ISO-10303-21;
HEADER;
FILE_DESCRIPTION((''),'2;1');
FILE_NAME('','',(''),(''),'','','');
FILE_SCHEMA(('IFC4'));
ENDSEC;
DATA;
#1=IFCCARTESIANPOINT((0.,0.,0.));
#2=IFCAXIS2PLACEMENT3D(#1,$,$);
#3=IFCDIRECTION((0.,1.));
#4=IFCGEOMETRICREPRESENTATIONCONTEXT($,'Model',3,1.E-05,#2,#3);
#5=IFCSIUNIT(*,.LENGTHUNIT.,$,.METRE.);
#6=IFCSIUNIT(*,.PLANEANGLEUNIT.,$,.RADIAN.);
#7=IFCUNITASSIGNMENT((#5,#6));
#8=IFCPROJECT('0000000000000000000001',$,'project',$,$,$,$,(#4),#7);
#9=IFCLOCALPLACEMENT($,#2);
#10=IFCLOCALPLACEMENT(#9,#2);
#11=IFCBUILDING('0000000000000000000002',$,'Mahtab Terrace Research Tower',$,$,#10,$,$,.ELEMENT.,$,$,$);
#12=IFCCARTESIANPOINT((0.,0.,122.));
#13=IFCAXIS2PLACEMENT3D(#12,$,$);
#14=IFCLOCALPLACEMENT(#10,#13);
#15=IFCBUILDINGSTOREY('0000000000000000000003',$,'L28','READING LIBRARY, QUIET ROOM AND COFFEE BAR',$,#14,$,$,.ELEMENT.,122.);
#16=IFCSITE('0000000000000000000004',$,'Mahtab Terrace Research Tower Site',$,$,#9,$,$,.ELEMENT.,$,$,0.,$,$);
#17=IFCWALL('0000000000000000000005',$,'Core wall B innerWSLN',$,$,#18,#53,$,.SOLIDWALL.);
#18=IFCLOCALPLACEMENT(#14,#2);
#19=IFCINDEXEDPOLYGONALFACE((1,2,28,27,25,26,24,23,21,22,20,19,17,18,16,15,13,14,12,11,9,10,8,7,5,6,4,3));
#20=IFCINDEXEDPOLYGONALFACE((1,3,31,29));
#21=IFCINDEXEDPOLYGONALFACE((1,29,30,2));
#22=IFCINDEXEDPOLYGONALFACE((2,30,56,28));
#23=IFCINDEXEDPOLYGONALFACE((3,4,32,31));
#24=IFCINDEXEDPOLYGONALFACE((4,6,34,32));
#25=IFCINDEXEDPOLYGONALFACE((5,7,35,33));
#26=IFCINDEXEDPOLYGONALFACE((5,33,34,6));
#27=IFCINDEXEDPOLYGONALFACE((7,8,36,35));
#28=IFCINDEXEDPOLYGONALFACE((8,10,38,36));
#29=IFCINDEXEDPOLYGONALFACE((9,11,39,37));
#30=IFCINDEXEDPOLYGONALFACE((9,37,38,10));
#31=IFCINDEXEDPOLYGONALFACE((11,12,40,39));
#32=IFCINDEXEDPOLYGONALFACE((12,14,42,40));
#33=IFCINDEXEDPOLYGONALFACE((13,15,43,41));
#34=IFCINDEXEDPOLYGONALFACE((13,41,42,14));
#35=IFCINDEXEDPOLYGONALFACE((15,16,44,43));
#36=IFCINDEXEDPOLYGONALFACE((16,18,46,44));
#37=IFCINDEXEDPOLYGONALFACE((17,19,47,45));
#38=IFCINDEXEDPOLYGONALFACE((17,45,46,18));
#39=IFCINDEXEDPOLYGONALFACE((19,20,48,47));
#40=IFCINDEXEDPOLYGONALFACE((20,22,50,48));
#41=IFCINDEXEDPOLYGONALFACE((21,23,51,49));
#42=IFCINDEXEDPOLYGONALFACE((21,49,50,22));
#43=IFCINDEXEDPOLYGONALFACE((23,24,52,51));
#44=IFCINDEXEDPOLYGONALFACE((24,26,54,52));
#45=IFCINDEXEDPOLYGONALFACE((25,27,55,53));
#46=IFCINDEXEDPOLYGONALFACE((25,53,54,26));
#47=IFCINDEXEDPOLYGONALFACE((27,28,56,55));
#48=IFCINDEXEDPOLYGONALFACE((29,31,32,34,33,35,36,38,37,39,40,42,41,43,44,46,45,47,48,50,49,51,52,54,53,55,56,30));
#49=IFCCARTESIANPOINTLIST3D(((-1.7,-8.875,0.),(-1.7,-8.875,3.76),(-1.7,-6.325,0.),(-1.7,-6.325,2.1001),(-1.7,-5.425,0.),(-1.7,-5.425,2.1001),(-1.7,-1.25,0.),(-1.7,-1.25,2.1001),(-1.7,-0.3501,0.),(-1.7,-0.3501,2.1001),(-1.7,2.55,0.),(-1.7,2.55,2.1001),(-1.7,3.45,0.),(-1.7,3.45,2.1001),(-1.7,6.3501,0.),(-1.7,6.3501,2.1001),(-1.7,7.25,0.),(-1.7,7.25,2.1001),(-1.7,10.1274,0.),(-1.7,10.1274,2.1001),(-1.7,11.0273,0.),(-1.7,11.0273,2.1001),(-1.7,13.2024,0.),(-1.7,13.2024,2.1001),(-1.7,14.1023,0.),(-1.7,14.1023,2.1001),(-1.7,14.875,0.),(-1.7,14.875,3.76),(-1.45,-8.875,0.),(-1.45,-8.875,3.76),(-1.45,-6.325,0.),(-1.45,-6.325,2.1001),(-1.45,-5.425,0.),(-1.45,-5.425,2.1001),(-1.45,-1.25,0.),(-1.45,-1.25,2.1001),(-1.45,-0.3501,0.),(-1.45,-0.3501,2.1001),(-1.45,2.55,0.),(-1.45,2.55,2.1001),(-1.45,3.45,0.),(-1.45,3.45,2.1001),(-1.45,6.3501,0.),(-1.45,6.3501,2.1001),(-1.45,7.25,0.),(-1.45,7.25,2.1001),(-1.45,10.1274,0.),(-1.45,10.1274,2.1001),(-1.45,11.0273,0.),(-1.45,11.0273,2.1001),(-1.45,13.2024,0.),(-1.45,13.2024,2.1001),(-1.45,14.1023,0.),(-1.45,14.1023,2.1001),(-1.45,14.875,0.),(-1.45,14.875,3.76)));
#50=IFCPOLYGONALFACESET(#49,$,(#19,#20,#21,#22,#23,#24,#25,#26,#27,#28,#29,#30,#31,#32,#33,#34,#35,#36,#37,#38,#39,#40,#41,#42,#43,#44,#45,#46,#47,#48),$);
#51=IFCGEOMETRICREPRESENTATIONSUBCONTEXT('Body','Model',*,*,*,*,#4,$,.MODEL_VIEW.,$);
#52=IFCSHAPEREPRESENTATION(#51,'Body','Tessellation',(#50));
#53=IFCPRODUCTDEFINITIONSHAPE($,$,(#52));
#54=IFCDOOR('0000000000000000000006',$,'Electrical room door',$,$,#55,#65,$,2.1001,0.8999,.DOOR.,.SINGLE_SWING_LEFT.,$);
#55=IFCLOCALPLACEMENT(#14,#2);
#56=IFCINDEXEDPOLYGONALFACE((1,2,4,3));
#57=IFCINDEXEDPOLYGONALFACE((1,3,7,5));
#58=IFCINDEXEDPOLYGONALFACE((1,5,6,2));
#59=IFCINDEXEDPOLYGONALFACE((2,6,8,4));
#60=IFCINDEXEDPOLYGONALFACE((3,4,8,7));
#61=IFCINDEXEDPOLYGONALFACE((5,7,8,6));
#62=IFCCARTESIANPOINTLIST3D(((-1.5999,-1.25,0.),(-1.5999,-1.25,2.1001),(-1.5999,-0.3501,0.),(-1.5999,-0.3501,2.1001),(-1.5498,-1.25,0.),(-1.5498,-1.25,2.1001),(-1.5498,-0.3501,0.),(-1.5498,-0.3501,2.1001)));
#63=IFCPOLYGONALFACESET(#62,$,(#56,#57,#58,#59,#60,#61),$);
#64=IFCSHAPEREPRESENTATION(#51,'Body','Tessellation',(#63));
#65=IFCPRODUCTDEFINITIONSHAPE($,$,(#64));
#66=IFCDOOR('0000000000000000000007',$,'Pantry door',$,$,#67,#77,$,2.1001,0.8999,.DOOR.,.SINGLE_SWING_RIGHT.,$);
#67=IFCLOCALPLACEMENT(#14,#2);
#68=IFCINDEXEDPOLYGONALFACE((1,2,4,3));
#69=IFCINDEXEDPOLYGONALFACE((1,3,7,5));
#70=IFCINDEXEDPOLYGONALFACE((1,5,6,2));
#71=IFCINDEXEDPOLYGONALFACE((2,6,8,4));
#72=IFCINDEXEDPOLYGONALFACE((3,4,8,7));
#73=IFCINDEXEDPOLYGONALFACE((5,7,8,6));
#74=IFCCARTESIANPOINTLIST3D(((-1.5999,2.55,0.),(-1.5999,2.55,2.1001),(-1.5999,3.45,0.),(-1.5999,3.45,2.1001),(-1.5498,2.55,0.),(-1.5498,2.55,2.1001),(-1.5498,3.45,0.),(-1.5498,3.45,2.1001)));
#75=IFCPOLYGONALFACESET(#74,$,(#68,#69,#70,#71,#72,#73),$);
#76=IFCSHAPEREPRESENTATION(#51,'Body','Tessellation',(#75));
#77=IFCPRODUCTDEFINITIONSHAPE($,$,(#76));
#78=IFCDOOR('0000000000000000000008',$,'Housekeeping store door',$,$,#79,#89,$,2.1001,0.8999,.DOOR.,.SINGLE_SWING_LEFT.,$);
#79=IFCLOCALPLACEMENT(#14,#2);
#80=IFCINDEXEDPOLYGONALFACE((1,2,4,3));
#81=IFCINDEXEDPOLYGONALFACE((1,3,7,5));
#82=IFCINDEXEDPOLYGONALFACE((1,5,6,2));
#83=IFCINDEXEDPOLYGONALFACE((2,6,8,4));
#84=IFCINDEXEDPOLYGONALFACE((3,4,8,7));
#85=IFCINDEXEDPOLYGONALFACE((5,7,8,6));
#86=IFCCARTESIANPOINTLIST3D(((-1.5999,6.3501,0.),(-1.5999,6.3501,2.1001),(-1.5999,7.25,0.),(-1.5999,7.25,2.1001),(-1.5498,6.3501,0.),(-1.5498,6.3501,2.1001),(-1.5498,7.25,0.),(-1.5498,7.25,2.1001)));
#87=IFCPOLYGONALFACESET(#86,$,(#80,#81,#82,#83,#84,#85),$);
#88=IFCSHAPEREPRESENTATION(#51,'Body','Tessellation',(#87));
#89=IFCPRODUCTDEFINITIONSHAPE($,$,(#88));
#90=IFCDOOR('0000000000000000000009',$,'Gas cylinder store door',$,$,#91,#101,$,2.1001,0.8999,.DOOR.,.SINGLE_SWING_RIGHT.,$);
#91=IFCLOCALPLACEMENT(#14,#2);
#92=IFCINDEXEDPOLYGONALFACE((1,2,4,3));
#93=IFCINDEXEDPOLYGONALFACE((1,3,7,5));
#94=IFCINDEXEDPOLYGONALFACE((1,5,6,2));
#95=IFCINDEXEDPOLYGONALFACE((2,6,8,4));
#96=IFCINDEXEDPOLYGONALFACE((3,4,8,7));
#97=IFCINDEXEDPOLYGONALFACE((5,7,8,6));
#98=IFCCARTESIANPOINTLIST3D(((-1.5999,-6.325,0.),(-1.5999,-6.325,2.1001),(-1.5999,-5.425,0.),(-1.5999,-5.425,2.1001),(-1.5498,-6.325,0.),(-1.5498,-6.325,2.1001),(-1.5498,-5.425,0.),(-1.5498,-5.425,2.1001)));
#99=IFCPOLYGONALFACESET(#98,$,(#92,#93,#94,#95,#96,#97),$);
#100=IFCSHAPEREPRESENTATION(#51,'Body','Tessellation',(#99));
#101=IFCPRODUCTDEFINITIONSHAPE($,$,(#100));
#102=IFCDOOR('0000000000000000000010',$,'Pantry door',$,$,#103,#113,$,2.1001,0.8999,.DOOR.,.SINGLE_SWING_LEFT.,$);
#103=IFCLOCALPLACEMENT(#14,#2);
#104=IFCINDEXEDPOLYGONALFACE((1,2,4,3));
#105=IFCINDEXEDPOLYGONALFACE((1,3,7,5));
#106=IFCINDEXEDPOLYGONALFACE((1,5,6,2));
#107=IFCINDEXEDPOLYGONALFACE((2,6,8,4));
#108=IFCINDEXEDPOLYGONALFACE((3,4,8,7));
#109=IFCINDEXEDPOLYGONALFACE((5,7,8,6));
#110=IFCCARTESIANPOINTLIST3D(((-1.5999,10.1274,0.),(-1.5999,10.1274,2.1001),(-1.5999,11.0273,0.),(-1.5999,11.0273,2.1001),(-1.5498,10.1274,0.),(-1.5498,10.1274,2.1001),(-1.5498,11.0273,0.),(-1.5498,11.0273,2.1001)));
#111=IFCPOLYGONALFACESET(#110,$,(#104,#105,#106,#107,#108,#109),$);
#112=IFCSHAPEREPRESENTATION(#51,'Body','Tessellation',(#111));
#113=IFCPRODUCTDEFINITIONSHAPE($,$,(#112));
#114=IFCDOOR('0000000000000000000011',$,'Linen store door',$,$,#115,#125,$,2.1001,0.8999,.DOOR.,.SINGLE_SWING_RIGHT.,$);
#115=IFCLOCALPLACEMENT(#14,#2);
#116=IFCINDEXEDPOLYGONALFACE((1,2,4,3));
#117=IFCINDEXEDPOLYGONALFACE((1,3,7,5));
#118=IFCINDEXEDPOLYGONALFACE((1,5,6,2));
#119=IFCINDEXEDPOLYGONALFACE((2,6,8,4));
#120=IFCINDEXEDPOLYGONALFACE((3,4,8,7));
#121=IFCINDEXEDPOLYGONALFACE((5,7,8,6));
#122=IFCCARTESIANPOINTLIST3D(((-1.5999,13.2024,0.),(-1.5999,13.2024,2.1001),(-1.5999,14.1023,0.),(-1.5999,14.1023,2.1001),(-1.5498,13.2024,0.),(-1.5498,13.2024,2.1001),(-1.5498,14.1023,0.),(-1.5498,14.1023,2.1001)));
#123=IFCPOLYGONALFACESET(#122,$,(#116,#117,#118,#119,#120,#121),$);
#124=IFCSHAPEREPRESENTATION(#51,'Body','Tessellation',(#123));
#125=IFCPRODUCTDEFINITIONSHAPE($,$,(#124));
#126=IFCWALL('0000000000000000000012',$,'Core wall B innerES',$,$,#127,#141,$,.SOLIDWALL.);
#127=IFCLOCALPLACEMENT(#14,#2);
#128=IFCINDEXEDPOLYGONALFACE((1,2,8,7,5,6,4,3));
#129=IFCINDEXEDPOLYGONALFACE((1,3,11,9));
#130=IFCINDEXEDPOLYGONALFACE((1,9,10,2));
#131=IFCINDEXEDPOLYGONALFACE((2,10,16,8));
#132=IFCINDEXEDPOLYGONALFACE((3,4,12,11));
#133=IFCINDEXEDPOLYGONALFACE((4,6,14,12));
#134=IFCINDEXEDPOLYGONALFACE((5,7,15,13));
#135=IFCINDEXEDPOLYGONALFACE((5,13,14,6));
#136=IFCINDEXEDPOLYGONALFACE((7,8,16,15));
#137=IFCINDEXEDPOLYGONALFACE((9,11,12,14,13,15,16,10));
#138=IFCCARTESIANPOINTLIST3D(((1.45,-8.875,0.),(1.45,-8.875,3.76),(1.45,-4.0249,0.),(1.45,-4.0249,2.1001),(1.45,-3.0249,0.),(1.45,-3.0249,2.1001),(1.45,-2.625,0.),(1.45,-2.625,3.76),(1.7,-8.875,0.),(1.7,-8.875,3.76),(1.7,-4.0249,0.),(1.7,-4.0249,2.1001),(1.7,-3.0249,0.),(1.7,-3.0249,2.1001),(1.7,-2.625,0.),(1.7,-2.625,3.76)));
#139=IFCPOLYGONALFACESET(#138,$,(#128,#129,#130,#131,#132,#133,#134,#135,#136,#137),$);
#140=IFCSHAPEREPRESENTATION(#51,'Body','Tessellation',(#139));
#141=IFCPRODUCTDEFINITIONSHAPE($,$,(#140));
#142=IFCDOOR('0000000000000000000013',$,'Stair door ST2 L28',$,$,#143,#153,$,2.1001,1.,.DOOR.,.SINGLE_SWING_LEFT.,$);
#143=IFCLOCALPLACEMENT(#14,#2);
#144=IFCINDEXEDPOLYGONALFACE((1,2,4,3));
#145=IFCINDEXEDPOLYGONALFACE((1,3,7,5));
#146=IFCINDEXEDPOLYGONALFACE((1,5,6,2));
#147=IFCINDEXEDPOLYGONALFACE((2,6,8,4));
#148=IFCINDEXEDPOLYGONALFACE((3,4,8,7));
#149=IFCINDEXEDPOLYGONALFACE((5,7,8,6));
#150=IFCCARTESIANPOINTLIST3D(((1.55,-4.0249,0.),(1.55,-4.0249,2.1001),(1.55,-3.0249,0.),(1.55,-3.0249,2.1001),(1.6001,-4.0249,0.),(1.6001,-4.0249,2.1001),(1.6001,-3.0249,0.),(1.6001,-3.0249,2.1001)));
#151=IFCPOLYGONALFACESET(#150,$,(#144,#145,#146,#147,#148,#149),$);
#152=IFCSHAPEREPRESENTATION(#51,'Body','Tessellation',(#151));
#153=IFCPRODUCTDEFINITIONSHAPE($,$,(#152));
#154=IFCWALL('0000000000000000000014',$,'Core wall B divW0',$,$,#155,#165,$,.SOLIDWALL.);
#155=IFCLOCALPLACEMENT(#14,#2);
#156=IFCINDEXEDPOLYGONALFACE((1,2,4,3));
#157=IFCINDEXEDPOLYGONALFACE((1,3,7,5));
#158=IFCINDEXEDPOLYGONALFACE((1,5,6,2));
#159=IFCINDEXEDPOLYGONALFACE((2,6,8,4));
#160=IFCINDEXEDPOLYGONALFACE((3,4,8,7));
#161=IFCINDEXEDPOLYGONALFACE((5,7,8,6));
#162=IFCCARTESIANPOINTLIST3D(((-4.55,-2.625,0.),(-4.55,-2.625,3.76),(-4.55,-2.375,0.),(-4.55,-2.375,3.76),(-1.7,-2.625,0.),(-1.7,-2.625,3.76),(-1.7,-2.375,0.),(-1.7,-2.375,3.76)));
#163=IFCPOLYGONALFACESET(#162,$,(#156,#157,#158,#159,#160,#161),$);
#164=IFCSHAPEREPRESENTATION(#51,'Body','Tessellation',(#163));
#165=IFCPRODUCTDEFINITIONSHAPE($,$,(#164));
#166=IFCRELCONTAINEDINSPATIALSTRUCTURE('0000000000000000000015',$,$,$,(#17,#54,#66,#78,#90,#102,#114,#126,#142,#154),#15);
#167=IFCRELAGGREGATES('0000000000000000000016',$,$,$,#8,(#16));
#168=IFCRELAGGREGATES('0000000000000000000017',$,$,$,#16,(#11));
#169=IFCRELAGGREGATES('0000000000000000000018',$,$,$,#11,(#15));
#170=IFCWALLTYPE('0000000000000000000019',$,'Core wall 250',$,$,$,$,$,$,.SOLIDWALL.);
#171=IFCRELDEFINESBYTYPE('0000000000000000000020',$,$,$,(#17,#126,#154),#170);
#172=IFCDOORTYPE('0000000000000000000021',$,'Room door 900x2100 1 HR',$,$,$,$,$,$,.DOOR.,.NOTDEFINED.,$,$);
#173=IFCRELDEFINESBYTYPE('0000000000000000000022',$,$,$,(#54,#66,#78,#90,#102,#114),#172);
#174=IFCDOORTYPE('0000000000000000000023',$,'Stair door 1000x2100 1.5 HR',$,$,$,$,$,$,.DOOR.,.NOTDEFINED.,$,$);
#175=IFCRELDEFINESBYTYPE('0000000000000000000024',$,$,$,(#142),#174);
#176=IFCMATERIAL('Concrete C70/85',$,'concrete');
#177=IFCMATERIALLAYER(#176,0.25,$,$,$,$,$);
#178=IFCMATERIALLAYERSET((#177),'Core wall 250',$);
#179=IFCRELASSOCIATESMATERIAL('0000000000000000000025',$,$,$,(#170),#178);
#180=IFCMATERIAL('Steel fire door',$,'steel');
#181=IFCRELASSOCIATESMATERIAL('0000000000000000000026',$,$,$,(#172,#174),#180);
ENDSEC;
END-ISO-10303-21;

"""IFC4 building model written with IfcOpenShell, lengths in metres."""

from ifc_helpers import new_model, si_unit, direction, frame, frame_2d, origin, place, context, subcontext, project, spatial, rectangle, extrude, material, layer, layer_set, type_object, element, fill, save


model = new_model("IFC4")

# Units and contexts
model_context = context("Model", 3, precision=1e-05, world=origin(), true_north=direction((0.0, 1.0)))
body_context = subcontext(model_context, "Body", "Model", "MODEL_VIEW")
ifc_project = project(units=[si_unit("LENGTHUNIT", "METRE"), si_unit("PLANEANGLEUNIT", "RADIAN")], contexts=[model_context])

# Site, building, storey
site_placement = place(None, origin())
site = spatial("IfcSite", under=ifc_project, at=site_placement, Name="Mahtab Terrace Research Tower Site", CompositionType="ELEMENT", RefElevation=0.0)
building_placement = place(site_placement, origin())
building = spatial("IfcBuilding", under=site, at=building_placement, Name="Mahtab Terrace Research Tower", CompositionType="ELEMENT")
storey_placement = place(building_placement, frame((0.0, 0.0, 122.0)))
storey = spatial("IfcBuildingStorey", under=building, at=storey_placement, Name="L28", Description="READING LIBRARY, QUIET ROOM AND COFFEE BAR", CompositionType="ELEMENT", Elevation=122.0)

# Shared definitions
ifc_material_1 = material(Name="Concrete C70/85", Category="concrete")

# Wall, openings, doors
ifc_layer_1 = layer(ifc_material_1, 0.25)
ifc_layer_set_1 = layer_set([ifc_layer_1], Name="Core wall 250")
wall_type_1 = type_object("IfcWallType", Name="Core wall 250", PredefinedType="SOLIDWALL", material=ifc_layer_set_1)
wall_1_placement = place(storey_placement, frame((-1.575, -8.875, 0.0), z_axis=(0.0, 0.0, 1.0), x_axis=(0.0, 1.0, 0.0)))
wall_1 = element("IfcWall", 1, at=wall_1_placement, inside=storey, type_object=wall_type_1, Name="Core wall B innerWSLN", PredefinedType="SOLIDWALL", context=body_context, shape_type="SweptSolid", body=[
    extrude(rectangle(XDim=23.75, YDim=0.25, at=frame_2d((11.875, 0.0))), origin(), (0.0, 0.0, 1.0), 3.76),
])
opening_1_placement = place(wall_1_placement, frame((7.625, 0.0, 0.0)))
opening_1 = element("IfcOpeningElement", 2, at=opening_1_placement, cuts=wall_1, PredefinedType="OPENING", context=body_context, shape_type="SweptSolid", body=[
    extrude(rectangle(XDim=0.8999, YDim=2.1001, at=frame_2d((0.45, 1.05))), frame((0.0, 0.135, 0.0), z_axis=(0.0, -1.0, 0.0), x_axis=(1.0, 0.0, 0.0)), (0.0, 0.0, 1.0), 0.27),
])
opening_2_placement = place(wall_1_placement, frame((11.425, 0.0, 0.0)))
opening_2 = element("IfcOpeningElement", 3, at=opening_2_placement, cuts=wall_1, PredefinedType="OPENING", context=body_context, shape_type="SweptSolid", body=[
    extrude(rectangle(XDim=0.8999, YDim=2.1001, at=frame_2d((0.45, 1.05))), frame((0.0, 0.135, 0.0), z_axis=(0.0, -1.0, 0.0), x_axis=(1.0, 0.0, 0.0)), (0.0, 0.0, 1.0), 0.27),
])
opening_3_placement = place(wall_1_placement, frame((15.2251, 0.0, 0.0)))
opening_3 = element("IfcOpeningElement", 4, at=opening_3_placement, cuts=wall_1, PredefinedType="OPENING", context=body_context, shape_type="SweptSolid", body=[
    extrude(rectangle(XDim=0.8999, YDim=2.1001, at=frame_2d((0.45, 1.05))), frame((0.0, 0.135, 0.0), z_axis=(0.0, -1.0, 0.0), x_axis=(1.0, 0.0, 0.0)), (0.0, 0.0, 1.0), 0.27),
])
opening_4_placement = place(wall_1_placement, frame((2.55, 0.0, 0.0)))
opening_4 = element("IfcOpeningElement", 5, at=opening_4_placement, cuts=wall_1, PredefinedType="OPENING", context=body_context, shape_type="SweptSolid", body=[
    extrude(rectangle(XDim=0.8999, YDim=2.1001, at=frame_2d((0.45, 1.05))), frame((0.0, 0.135, 0.0), z_axis=(0.0, -1.0, 0.0), x_axis=(1.0, 0.0, 0.0)), (0.0, 0.0, 1.0), 0.27),
])
opening_5_placement = place(wall_1_placement, frame((19.0024, 0.0, 0.0)))
opening_5 = element("IfcOpeningElement", 6, at=opening_5_placement, cuts=wall_1, PredefinedType="OPENING", context=body_context, shape_type="SweptSolid", body=[
    extrude(rectangle(XDim=0.8999, YDim=2.1001, at=frame_2d((0.45, 1.05))), frame((0.0, 0.135, 0.0), z_axis=(0.0, -1.0, 0.0), x_axis=(1.0, 0.0, 0.0)), (0.0, 0.0, 1.0), 0.27),
])
opening_6_placement = place(wall_1_placement, frame((22.0774, 0.0, 0.0)))
opening_6 = element("IfcOpeningElement", 7, at=opening_6_placement, cuts=wall_1, PredefinedType="OPENING", context=body_context, shape_type="SweptSolid", body=[
    extrude(rectangle(XDim=0.8999, YDim=2.1001, at=frame_2d((0.45, 1.05))), frame((0.0, 0.135, 0.0), z_axis=(0.0, -1.0, 0.0), x_axis=(1.0, 0.0, 0.0)), (0.0, 0.0, 1.0), 0.27),
])
ifc_material_2 = material(Name="Steel fire door", Category="steel")
door_type_1 = type_object("IfcDoorType", Name="Room door 900x2100 1 HR", OperationType="NOTDEFINED", PredefinedType="DOOR", material=ifc_material_2)
door_1_placement = place(opening_1_placement, origin())
door_1 = element("IfcDoor", 8, at=door_1_placement, inside=storey, type_object=door_type_1, Name="Electrical room door", OperationType="SINGLE_SWING_LEFT", OverallHeight=2.1001, OverallWidth=0.8999, PredefinedType="DOOR", context=body_context, shape_type="SweptSolid", body=[
    extrude(rectangle(XDim=0.8999, YDim=2.1001, at=frame_2d((0.45, 1.05))), frame((0.0, 0.0249, 0.0), z_axis=(0.0, -1.0, 0.0), x_axis=(1.0, 0.0, 0.0)), (0.0, 0.0, 1.0), 0.05),
])
fill(opening_1, door_1)
door_2_placement = place(opening_2_placement, origin())
door_2 = element("IfcDoor", 9, at=door_2_placement, inside=storey, type_object=door_type_1, Name="Pantry door", OperationType="SINGLE_SWING_RIGHT", OverallHeight=2.1001, OverallWidth=0.8999, PredefinedType="DOOR", context=body_context, shape_type="SweptSolid", body=[
    extrude(rectangle(XDim=0.8999, YDim=2.1001, at=frame_2d((0.45, 1.05))), frame((0.0, 0.0249, 0.0), z_axis=(0.0, -1.0, 0.0), x_axis=(1.0, 0.0, 0.0)), (0.0, 0.0, 1.0), 0.05),
])
fill(opening_2, door_2)
door_3_placement = place(opening_3_placement, origin())
door_3 = element("IfcDoor", 10, at=door_3_placement, inside=storey, type_object=door_type_1, Name="Housekeeping store door", OperationType="SINGLE_SWING_LEFT", OverallHeight=2.1001, OverallWidth=0.8999, PredefinedType="DOOR", context=body_context, shape_type="SweptSolid", body=[
    extrude(rectangle(XDim=0.8999, YDim=2.1001, at=frame_2d((0.45, 1.05))), frame((0.0, 0.0249, 0.0), z_axis=(0.0, -1.0, 0.0), x_axis=(1.0, 0.0, 0.0)), (0.0, 0.0, 1.0), 0.05),
])
fill(opening_3, door_3)
door_4_placement = place(opening_4_placement, origin())
door_4 = element("IfcDoor", 11, at=door_4_placement, inside=storey, type_object=door_type_1, Name="Gas cylinder store door", OperationType="SINGLE_SWING_RIGHT", OverallHeight=2.1001, OverallWidth=0.8999, PredefinedType="DOOR", context=body_context, shape_type="SweptSolid", body=[
    extrude(rectangle(XDim=0.8999, YDim=2.1001, at=frame_2d((0.45, 1.05))), frame((0.0, 0.0249, 0.0), z_axis=(0.0, -1.0, 0.0), x_axis=(1.0, 0.0, 0.0)), (0.0, 0.0, 1.0), 0.05),
])
fill(opening_4, door_4)
door_5_placement = place(opening_5_placement, origin())
door_5 = element("IfcDoor", 12, at=door_5_placement, inside=storey, type_object=door_type_1, Name="Pantry door", OperationType="SINGLE_SWING_LEFT", OverallHeight=2.1001, OverallWidth=0.8999, PredefinedType="DOOR", context=body_context, shape_type="SweptSolid", body=[
    extrude(rectangle(XDim=0.8999, YDim=2.1001, at=frame_2d((0.45, 1.05))), frame((0.0, 0.0249, 0.0), z_axis=(0.0, -1.0, 0.0), x_axis=(1.0, 0.0, 0.0)), (0.0, 0.0, 1.0), 0.05),
])
fill(opening_5, door_5)
door_6_placement = place(opening_6_placement, origin())
door_6 = element("IfcDoor", 13, at=door_6_placement, inside=storey, type_object=door_type_1, Name="Linen store door", OperationType="SINGLE_SWING_RIGHT", OverallHeight=2.1001, OverallWidth=0.8999, PredefinedType="DOOR", context=body_context, shape_type="SweptSolid", body=[
    extrude(rectangle(XDim=0.8999, YDim=2.1001, at=frame_2d((0.45, 1.05))), frame((0.0, 0.0249, 0.0), z_axis=(0.0, -1.0, 0.0), x_axis=(1.0, 0.0, 0.0)), (0.0, 0.0, 1.0), 0.05),
])
fill(opening_6, door_6)

# Wall, opening, door
wall_2_placement = place(storey_placement, frame((1.575, -8.875, 0.0), z_axis=(0.0, 0.0, 1.0), x_axis=(0.0, 1.0, 0.0)))
wall_2 = element("IfcWall", 14, at=wall_2_placement, inside=storey, type_object=wall_type_1, Name="Core wall B innerES", PredefinedType="SOLIDWALL", context=body_context, shape_type="SweptSolid", body=[
    extrude(rectangle(XDim=6.25, YDim=0.25, at=frame_2d((3.125, 0.0))), origin(), (0.0, 0.0, 1.0), 3.76),
])
opening_7_placement = place(wall_2_placement, frame((4.8501, 0.0, 0.0)))
opening_7 = element("IfcOpeningElement", 15, at=opening_7_placement, cuts=wall_2, PredefinedType="OPENING", context=body_context, shape_type="SweptSolid", body=[
    extrude(rectangle(XDim=1.0, YDim=2.1001, at=frame_2d((0.5, 1.05))), frame((0.0, 0.135, 0.0), z_axis=(0.0, -1.0, 0.0), x_axis=(1.0, 0.0, 0.0)), (0.0, 0.0, 1.0), 0.27),
])
door_type_2 = type_object("IfcDoorType", Name="Stair door 1000x2100 1.5 HR", OperationType="NOTDEFINED", PredefinedType="DOOR", material=ifc_material_2)
door_7_placement = place(opening_7_placement, origin())
door_7 = element("IfcDoor", 16, at=door_7_placement, inside=storey, type_object=door_type_2, Name="Stair door ST2 L28", OperationType="SINGLE_SWING_LEFT", OverallHeight=2.1001, OverallWidth=1.0, PredefinedType="DOOR", context=body_context, shape_type="SweptSolid", body=[
    extrude(rectangle(XDim=1.0, YDim=2.1001, at=frame_2d((0.5, 1.05))), frame((0.0, 0.0249, 0.0), z_axis=(0.0, -1.0, 0.0), x_axis=(1.0, 0.0, 0.0)), (0.0, 0.0, 1.0), 0.05),
])
fill(opening_7, door_7)

# Wall
for number, where, z_axis, x_axis, name in (
    (17, (-4.55, -2.5, 0.0), (0.0, 0.0, 1.0), (1.0, 0.0, 0.0), "Core wall B divW0"),
):
    element("IfcWall", number, at=place(storey_placement, frame(where, z_axis=z_axis, x_axis=x_axis)), inside=storey, type_object=wall_type_1, Name=name, PredefinedType="SOLIDWALL", context=body_context, shape_type="SweptSolid", body=[
        extrude(rectangle(XDim=2.8501, YDim=0.25, at=frame_2d((1.425, 0.0))), origin(), (0.0, 0.0, 1.0), 3.76),
    ])

save(model, "model.ifc")
